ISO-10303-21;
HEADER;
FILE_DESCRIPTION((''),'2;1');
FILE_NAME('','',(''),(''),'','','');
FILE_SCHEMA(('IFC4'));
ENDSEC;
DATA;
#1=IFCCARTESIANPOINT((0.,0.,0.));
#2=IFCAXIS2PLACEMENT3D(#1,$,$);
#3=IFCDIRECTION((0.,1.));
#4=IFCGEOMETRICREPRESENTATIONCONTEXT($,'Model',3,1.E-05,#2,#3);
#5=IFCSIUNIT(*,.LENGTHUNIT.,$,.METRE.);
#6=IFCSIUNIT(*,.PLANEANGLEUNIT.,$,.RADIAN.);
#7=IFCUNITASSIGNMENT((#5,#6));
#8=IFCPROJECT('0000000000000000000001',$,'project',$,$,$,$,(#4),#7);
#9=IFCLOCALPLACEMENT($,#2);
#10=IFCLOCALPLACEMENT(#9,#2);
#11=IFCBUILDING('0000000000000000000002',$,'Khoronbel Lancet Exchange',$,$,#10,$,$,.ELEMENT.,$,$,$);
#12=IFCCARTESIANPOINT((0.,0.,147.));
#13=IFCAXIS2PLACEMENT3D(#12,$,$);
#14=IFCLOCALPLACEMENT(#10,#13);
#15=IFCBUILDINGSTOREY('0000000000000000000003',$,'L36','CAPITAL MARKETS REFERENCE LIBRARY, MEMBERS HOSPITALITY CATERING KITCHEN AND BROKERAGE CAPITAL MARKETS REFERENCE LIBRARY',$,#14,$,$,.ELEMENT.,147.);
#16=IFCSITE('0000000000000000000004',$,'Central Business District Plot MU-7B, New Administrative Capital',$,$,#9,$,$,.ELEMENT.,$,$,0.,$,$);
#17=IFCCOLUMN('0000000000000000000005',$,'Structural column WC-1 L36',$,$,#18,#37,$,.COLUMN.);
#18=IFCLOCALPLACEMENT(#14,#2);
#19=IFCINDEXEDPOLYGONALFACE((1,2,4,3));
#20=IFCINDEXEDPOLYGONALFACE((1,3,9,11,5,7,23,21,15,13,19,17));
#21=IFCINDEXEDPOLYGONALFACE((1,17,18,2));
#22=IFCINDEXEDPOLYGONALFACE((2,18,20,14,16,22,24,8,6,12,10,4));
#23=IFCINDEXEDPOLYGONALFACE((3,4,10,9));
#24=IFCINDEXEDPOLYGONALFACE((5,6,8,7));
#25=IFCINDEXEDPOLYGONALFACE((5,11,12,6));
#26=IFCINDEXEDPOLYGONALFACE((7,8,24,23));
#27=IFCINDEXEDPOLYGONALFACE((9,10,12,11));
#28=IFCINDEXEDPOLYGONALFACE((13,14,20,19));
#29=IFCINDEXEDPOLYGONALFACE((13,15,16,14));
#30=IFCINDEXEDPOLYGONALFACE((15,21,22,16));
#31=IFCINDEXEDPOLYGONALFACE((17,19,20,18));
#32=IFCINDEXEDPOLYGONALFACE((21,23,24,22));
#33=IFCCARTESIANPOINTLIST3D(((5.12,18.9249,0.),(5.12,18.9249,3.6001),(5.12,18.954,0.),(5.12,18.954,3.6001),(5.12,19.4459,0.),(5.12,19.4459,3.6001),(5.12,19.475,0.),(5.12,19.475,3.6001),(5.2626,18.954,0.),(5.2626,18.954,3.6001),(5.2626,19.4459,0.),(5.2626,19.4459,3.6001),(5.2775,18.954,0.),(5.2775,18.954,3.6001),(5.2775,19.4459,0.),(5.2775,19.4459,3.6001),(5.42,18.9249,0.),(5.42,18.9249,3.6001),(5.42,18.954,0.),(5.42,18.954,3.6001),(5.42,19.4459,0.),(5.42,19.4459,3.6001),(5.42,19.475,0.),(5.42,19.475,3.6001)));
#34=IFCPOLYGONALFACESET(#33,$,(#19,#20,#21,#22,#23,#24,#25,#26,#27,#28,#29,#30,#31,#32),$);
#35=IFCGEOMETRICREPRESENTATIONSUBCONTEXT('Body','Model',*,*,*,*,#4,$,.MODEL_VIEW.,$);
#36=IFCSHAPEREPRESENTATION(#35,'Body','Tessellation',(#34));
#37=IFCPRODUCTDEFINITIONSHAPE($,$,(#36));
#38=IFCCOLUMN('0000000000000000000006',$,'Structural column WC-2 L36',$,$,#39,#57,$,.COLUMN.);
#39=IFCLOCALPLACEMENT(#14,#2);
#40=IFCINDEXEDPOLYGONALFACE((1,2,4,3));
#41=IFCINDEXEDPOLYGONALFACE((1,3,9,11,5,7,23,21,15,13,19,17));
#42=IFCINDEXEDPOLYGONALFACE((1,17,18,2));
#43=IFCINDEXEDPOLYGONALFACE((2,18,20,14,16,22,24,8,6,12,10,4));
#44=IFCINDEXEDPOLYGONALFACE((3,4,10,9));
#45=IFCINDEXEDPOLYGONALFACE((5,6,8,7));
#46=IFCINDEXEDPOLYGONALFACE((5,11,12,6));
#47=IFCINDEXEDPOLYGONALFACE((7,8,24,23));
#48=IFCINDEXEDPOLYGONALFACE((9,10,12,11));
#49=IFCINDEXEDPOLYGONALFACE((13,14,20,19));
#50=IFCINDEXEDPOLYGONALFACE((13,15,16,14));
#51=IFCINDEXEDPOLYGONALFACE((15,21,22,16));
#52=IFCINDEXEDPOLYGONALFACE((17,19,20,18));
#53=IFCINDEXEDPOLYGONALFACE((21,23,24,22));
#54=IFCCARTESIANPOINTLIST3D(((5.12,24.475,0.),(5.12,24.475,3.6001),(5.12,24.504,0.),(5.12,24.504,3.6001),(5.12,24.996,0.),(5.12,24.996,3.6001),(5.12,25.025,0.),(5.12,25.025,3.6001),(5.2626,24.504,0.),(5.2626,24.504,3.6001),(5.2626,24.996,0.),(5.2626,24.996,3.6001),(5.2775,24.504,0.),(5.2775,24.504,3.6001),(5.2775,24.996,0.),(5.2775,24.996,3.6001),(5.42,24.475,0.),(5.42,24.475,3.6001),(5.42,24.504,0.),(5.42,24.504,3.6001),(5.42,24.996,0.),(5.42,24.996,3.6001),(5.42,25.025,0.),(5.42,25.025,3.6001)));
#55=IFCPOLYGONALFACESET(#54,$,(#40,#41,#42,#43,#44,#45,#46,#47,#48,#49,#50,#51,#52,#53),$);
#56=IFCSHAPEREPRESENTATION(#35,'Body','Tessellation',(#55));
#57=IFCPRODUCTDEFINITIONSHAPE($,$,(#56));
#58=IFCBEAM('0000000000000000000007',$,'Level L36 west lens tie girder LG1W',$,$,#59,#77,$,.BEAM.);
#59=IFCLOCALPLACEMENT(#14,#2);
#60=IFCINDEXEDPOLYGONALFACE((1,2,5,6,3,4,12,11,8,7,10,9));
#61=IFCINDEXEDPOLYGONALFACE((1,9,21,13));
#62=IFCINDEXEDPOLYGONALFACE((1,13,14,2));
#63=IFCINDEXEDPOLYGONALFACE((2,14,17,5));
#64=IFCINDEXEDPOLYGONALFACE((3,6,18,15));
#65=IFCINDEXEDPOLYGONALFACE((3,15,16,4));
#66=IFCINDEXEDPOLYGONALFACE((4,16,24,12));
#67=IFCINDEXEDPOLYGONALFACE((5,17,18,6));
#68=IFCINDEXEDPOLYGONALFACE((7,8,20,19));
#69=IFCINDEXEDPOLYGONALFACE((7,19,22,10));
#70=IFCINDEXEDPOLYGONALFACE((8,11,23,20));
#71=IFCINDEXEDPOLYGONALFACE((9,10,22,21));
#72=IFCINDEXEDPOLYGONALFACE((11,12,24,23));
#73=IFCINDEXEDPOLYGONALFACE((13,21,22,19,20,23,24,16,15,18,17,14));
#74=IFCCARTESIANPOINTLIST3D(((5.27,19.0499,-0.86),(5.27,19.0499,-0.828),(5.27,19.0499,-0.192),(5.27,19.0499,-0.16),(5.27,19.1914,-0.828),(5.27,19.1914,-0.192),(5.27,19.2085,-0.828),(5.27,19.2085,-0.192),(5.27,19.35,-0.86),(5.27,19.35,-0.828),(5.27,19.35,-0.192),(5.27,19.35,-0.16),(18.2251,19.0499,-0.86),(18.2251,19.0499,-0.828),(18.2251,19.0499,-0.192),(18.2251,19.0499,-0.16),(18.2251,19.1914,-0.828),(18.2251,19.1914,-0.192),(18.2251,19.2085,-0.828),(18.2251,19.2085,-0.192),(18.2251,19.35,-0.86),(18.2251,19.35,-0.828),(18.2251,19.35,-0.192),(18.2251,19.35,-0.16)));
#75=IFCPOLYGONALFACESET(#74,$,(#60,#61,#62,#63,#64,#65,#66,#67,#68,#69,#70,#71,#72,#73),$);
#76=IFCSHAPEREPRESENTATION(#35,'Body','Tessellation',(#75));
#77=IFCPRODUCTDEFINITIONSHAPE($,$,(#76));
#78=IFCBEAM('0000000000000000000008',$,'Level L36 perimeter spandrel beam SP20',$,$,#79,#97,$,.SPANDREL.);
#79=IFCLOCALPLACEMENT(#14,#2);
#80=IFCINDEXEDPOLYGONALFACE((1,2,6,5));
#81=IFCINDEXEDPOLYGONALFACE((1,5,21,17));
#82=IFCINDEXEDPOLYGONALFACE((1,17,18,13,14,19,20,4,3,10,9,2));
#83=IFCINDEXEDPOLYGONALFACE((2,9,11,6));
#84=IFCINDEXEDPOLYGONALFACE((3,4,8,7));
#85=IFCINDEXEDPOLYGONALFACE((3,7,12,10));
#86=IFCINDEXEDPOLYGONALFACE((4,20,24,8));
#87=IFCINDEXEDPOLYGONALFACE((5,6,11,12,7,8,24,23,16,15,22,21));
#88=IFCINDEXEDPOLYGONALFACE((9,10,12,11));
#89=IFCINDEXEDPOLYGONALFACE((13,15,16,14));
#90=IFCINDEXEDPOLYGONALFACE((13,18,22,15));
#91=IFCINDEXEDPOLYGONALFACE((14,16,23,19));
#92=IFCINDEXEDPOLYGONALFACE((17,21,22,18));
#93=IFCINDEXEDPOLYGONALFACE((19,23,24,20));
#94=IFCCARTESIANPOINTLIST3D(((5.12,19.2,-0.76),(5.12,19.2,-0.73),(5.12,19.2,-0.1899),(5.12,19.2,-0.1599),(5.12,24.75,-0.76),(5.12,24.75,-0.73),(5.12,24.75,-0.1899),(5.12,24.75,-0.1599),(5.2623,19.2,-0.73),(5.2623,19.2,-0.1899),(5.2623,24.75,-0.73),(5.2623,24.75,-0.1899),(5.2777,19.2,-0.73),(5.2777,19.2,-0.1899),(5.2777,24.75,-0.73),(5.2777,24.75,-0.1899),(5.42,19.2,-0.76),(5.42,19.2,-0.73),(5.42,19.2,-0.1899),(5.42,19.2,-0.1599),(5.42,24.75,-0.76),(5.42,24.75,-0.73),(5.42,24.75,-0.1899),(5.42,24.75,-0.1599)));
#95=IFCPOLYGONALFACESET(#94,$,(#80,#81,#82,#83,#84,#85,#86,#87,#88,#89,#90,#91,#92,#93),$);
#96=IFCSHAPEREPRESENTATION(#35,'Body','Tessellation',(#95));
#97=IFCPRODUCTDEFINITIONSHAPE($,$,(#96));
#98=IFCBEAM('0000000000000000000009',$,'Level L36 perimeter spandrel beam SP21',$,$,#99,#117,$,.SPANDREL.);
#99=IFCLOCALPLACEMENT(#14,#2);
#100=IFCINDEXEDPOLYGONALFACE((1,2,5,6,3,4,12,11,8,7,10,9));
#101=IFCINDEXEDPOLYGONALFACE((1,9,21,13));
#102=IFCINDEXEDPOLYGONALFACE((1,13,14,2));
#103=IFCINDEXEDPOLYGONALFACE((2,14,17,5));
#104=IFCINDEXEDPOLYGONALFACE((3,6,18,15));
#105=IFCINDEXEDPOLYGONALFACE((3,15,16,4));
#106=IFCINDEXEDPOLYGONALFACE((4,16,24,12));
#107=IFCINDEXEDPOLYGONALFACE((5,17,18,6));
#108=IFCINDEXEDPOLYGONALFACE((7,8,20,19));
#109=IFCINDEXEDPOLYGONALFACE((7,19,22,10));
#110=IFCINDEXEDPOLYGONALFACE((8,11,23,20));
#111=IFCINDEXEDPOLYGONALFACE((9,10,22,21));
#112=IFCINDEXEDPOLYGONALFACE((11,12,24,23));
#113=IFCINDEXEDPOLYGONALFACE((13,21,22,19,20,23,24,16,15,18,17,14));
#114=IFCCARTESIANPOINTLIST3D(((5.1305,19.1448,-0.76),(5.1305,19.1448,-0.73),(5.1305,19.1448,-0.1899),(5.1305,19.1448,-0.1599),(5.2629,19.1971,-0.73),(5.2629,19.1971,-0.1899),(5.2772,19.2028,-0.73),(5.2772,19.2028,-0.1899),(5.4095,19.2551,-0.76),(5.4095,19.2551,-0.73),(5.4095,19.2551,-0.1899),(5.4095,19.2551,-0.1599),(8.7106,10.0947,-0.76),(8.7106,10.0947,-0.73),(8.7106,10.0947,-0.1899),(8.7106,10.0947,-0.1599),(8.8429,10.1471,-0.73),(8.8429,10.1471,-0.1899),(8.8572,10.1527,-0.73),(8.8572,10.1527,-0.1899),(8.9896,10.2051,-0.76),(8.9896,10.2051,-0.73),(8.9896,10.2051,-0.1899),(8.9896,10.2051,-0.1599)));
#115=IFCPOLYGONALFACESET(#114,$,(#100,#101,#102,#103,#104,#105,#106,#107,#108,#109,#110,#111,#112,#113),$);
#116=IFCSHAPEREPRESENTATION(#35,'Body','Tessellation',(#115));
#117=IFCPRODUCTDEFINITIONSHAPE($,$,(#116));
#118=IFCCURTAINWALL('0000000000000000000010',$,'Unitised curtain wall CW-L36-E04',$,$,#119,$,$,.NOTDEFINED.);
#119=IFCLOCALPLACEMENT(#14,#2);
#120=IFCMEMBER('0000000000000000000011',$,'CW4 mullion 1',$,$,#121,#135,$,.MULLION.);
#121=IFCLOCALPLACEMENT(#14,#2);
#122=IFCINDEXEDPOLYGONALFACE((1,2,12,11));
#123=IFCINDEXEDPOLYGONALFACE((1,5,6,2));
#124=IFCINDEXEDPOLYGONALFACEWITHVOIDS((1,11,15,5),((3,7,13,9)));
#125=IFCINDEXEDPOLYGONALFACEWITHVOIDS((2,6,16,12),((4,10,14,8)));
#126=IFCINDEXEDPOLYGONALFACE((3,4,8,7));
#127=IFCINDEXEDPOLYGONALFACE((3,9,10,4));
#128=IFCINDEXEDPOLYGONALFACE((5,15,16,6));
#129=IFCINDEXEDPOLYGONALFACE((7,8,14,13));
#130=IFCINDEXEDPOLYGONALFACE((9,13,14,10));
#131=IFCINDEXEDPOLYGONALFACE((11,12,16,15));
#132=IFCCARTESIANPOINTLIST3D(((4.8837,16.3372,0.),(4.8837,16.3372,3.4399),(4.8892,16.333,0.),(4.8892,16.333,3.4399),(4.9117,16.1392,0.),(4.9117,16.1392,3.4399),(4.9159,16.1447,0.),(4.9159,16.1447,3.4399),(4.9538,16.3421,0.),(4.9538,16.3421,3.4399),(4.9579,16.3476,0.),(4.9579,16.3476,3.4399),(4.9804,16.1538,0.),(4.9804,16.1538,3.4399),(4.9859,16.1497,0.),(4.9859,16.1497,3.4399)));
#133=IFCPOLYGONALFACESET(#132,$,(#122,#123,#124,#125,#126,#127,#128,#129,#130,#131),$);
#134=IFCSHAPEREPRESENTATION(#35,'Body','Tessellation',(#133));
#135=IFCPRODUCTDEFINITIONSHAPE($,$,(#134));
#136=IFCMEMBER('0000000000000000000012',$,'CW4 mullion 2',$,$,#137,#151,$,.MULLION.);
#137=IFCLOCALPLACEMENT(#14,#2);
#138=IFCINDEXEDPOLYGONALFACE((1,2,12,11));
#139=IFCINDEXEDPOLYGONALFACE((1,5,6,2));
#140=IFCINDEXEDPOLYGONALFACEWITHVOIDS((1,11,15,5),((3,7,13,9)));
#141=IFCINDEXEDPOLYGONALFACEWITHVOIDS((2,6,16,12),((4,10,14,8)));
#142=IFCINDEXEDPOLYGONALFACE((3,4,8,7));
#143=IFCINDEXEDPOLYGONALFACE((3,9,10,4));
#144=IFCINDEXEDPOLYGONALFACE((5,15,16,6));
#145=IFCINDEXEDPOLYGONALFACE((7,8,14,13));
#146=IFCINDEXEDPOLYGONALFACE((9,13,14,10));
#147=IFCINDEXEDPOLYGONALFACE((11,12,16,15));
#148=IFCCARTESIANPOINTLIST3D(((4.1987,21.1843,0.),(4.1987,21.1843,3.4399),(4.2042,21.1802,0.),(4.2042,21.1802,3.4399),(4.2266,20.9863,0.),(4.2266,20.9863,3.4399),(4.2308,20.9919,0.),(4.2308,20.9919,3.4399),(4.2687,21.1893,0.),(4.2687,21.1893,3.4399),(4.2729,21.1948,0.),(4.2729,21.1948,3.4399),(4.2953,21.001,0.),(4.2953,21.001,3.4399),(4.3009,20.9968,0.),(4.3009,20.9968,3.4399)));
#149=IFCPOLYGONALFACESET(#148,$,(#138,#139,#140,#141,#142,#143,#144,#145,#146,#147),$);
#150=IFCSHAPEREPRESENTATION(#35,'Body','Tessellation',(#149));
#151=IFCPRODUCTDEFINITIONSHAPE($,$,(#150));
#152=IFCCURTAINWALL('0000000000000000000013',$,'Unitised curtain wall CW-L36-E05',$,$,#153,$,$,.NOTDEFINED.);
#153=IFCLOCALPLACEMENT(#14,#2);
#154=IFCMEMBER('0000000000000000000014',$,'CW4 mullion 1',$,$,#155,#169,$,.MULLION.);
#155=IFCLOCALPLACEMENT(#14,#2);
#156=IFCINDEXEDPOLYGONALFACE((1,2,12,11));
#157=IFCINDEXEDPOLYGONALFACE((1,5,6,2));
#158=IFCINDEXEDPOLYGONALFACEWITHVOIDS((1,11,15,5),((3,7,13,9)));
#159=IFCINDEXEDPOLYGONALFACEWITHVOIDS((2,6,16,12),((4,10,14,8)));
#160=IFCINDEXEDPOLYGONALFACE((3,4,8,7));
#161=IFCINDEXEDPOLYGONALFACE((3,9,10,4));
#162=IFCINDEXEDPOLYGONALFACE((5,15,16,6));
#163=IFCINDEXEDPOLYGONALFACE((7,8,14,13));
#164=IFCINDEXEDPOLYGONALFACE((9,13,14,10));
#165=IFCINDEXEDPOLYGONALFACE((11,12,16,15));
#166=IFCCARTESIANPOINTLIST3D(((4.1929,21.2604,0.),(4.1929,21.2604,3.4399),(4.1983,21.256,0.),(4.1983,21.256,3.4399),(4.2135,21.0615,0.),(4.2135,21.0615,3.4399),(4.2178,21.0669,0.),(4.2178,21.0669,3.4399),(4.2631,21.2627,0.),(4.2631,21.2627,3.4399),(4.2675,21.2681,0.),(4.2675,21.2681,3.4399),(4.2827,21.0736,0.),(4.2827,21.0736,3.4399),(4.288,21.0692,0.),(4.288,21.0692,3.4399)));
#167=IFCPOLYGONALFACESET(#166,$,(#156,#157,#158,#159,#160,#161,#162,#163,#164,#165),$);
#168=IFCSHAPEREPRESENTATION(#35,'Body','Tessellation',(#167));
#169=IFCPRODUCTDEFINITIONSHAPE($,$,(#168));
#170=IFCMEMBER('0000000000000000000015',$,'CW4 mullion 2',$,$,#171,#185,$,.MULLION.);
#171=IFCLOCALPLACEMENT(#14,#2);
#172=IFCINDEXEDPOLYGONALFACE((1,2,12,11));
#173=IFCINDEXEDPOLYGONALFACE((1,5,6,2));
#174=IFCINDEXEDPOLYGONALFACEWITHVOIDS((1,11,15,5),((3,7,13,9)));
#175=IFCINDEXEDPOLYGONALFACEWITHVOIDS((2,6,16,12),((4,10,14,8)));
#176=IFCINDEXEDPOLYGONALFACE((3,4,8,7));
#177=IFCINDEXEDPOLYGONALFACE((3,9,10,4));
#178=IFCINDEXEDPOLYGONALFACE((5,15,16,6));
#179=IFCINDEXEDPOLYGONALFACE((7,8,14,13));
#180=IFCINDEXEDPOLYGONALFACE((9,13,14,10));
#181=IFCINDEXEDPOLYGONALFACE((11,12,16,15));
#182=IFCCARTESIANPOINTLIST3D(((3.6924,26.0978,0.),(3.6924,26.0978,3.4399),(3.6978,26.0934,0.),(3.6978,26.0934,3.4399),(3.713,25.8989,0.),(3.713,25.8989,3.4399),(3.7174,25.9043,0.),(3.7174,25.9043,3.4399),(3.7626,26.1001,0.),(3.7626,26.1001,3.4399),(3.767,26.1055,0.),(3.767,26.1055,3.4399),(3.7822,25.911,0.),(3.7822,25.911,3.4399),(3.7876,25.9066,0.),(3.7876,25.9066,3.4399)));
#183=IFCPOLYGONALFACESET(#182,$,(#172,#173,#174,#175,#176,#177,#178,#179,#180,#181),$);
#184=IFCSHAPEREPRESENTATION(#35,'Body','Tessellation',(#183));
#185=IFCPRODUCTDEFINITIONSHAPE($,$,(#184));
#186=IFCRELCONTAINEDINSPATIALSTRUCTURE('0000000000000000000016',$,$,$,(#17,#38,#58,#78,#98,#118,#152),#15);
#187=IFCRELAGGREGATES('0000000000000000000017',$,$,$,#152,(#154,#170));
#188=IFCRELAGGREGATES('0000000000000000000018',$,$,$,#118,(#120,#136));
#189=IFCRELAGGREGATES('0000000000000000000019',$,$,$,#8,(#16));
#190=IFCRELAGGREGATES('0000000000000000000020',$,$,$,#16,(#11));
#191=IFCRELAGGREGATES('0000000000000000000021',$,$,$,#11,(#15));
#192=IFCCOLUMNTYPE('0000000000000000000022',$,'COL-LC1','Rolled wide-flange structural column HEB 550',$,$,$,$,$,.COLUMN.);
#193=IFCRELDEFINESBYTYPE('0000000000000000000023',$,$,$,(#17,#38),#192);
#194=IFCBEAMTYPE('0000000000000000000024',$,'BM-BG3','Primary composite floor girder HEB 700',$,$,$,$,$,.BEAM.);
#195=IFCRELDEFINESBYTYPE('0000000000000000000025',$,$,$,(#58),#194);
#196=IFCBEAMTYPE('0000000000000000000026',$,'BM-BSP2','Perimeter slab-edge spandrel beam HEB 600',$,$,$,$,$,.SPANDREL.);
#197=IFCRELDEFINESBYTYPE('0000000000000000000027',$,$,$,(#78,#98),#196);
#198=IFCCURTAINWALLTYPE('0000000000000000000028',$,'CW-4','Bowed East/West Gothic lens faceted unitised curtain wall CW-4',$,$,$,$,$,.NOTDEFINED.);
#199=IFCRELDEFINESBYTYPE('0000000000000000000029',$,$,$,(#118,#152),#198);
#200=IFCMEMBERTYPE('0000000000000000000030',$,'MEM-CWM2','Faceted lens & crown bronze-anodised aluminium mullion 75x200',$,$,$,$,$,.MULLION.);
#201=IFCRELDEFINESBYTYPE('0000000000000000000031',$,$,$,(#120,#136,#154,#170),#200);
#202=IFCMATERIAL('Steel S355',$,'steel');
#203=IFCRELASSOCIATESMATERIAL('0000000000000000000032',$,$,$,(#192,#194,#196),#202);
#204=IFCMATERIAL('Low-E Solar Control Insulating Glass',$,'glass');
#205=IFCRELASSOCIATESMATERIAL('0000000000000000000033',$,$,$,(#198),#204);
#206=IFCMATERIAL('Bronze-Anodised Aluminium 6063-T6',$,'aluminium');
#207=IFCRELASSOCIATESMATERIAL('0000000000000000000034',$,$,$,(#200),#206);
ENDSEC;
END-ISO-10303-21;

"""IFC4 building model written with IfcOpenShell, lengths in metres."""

from ifc_helpers import new_model, si_unit, direction, frame, origin, origin_2d, place, context, subcontext, project, spatial, hollow_rectangle, i_section, extrude, material, material_profile, profile_set, type_object, element, aggregate, save


model = new_model("IFC4")

# Units and contexts
model_context = context("Model", 3, precision=1e-05, world=origin(), true_north=direction((0.0, 1.0)))
body_context = subcontext(model_context, "Body", "Model", "MODEL_VIEW")
ifc_project = project(units=[si_unit("LENGTHUNIT", "METRE"), si_unit("PLANEANGLEUNIT", "RADIAN")], contexts=[model_context])

# Site, building, storey
site_placement = place(None, origin())
site = spatial("IfcSite", under=ifc_project, at=site_placement, Name="Central Business District Plot MU-7B, New Administrative Capital", CompositionType="ELEMENT", RefElevation=0.0)
building_placement = place(site_placement, origin())
building = spatial("IfcBuilding", under=site, at=building_placement, Name="Khoronbel Lancet Exchange", CompositionType="ELEMENT")
storey_placement = place(building_placement, frame((0.0, 0.0, 147.0)))
storey = spatial("IfcBuildingStorey", under=building, at=storey_placement, Name="L36", Description="CAPITAL MARKETS REFERENCE LIBRARY, MEMBERS HOSPITALITY CATERING KITCHEN AND BROKERAGE CAPITAL MARKETS REFERENCE LIBRARY", CompositionType="ELEMENT", Elevation=147.0)

# Columns
ifc_material_1 = material(Name="Steel S355", Category="steel")
ifc_material_profile_1 = material_profile(ifc_material_1, i_section(OverallWidth=0.3, OverallDepth=0.55, WebThickness=0.0149, FlangeThickness=0.0291, at=origin_2d()), Name="HEB 550")
ifc_profile_set_1 = profile_set([ifc_material_profile_1], Name="Steel S355")
column_type = type_object("IfcColumnType", Name="COL-LC1", Description="Rolled wide-flange structural column HEB 550", PredefinedType="COLUMN", material=ifc_profile_set_1)
for number, where, z_axis, x_axis, name in (
    (1, (5.27, 19.2, 0.0), (0.0, 0.0, 1.0), (1.0, 0.0, 0.0), "Structural column WC-1 L36"),
    (2, (5.27, 24.75, 0.0), (0.0, 0.0, 1.0), (1.0, 0.0, 0.0), "Structural column WC-2 L36"),
):
    element("IfcColumn", number, at=place(storey_placement, frame(where, z_axis=z_axis, x_axis=x_axis)), inside=storey, type_object=column_type, Name=name, PredefinedType="COLUMN", context=body_context, shape_type="SweptSolid", body=[
        extrude(i_section(OverallWidth=0.3, OverallDepth=0.55, WebThickness=0.0149, FlangeThickness=0.0291, at=origin_2d()), origin(), (0.0, 0.0, 1.0), 3.6001),
    ])

# Beams
ifc_material_profile_2 = material_profile(ifc_material_1, i_section(OverallWidth=0.3, OverallDepth=0.7, WebThickness=0.0171, FlangeThickness=0.032, at=origin_2d()), Name="HEB 700")
ifc_profile_set_2 = profile_set([ifc_material_profile_2], Name="Steel S355")
beam_type_1 = type_object("IfcBeamType", Name="BM-BG3", Description="Primary composite floor girder HEB 700", PredefinedType="BEAM", material=ifc_profile_set_2)
beam_1_placement = place(storey_placement, frame((5.27, 19.2, -0.51), z_axis=(1.0, 0.0, 0.0), x_axis=(0.0, 1.0, 0.0)))
element("IfcBeam", 3, at=beam_1_placement, inside=storey, type_object=beam_type_1, Name="Level L36 west lens tie girder LG1W", PredefinedType="BEAM", context=body_context, shape_type="SweptSolid", body=[
    extrude(i_section(OverallWidth=0.3, OverallDepth=0.7, WebThickness=0.0171, FlangeThickness=0.032, at=origin_2d()), origin(), (0.0, 0.0, 1.0), 12.9551),
])
ifc_material_profile_3 = material_profile(ifc_material_1, i_section(OverallWidth=0.3, OverallDepth=0.6001, WebThickness=0.0154, FlangeThickness=0.03, at=origin_2d()), Name="HEB 600")
ifc_profile_set_3 = profile_set([ifc_material_profile_3], Name="Steel S355")
beam_type_2 = type_object("IfcBeamType", Name="BM-BSP2", Description="Perimeter slab-edge spandrel beam HEB 600", PredefinedType="SPANDREL", material=ifc_profile_set_3)
beam_2_placement = place(storey_placement, frame((5.27, 24.75, -0.46), z_axis=(0.0, -1.0, 0.0), x_axis=(1.0, 0.0, 0.0)))
element("IfcBeam", 4, at=beam_2_placement, inside=storey, type_object=beam_type_2, Name="Level L36 perimeter spandrel beam SP20", PredefinedType="SPANDREL", context=body_context, shape_type="SweptSolid", body=[
    extrude(i_section(OverallWidth=0.3, OverallDepth=0.6001, WebThickness=0.0154, FlangeThickness=0.03, at=origin_2d()), origin(), (0.0, 0.0, 1.0), 5.55),
])
beam_3_placement = place(storey_placement, frame((5.27, 19.2, -0.46), z_axis=(0.36785, -0.929885, 0.0), x_axis=(0.929885, 0.36785, 0.0)))
element("IfcBeam", 5, at=beam_3_placement, inside=storey, type_object=beam_type_2, Name="Level L36 perimeter spandrel beam SP21", PredefinedType="SPANDREL", context=body_context, shape_type="SweptSolid", body=[
    extrude(i_section(OverallWidth=0.3, OverallDepth=0.6001, WebThickness=0.0154, FlangeThickness=0.03, at=origin_2d()), origin(), (0.0, 0.0, 1.0), 9.7324),
])

# Curtain walls, members
ifc_material_2 = material(Name="Low-E Solar Control Insulating Glass", Category="glass")
curtain_wall_type = type_object("IfcCurtainWallType", Name="CW-4", Description="Bowed East/West Gothic lens faceted unitised curtain wall CW-4", PredefinedType="NOTDEFINED", material=ifc_material_2)
curtain_wall_1_placement = place(storey_placement, origin())
curtain_wall_1 = element("IfcCurtainWall", 6, at=curtain_wall_1_placement, inside=storey, type_object=curtain_wall_type, Name="Unitised curtain wall CW-L36-E04", PredefinedType="NOTDEFINED")
ifc_material_3 = material(Name="Bronze-Anodised Aluminium 6063-T6", Category="aluminium")
ifc_material_profile_4 = material_profile(ifc_material_3, hollow_rectangle(XDim=0.075, YDim=0.2, WallThickness=0.0049, at=origin_2d()), Name="ALU MULLION 75x200")
ifc_profile_set_4 = profile_set([ifc_material_profile_4], Name="Bronze-Anodised Aluminium 6063-T6")
member_type_1 = type_object("IfcMemberType", Name="MEM-CWM2", Description="Faceted lens & crown bronze-anodised aluminium mullion 75x200", PredefinedType="MULLION", material=ifc_profile_set_4)
member_1_placement = place(storey_placement, frame((4.9348, 16.2434, 0.0), z_axis=(0.0, 0.0, 1.0), x_axis=(-0.990158, -0.139954, 0.0)))
member_1 = element("IfcMember", 7, at=member_1_placement, type_object=member_type_1, Name="CW4 mullion 1", PredefinedType="MULLION", context=body_context, shape_type="SweptSolid", body=[
    extrude(hollow_rectangle(XDim=0.075, YDim=0.2, WallThickness=0.0049, at=origin_2d()), origin(), (0.0, 0.0, 1.0), 3.4399),
])
member_2_placement = place(storey_placement, frame((4.2498, 21.0906, 0.0), z_axis=(0.0, 0.0, 1.0), x_axis=(-0.990158, -0.139954, 0.0)))
member_2 = element("IfcMember", 8, at=member_2_placement, type_object=member_type_1, Name="CW4 mullion 2", PredefinedType="MULLION", context=body_context, shape_type="SweptSolid", body=[
    extrude(hollow_rectangle(XDim=0.075, YDim=0.2, WallThickness=0.0049, at=origin_2d()), origin(), (0.0, 0.0, 1.0), 3.4399),
])
curtain_wall_2_placement = place(storey_placement, origin())
curtain_wall_2 = element("IfcCurtainWall", 9, at=curtain_wall_2_placement, inside=storey, type_object=curtain_wall_type, Name="Unitised curtain wall CW-L36-E05", PredefinedType="NOTDEFINED")
member_3_placement = place(storey_placement, frame((4.2405, 21.1648, 0.0), z_axis=(0.0, 0.0, 1.0), x_axis=(-0.994688, -0.102932, 0.0)))
member_3 = element("IfcMember", 10, at=member_3_placement, type_object=member_type_1, Name="CW4 mullion 1", PredefinedType="MULLION", context=body_context, shape_type="SweptSolid", body=[
    extrude(hollow_rectangle(XDim=0.075, YDim=0.2, WallThickness=0.0049, at=origin_2d()), origin(), (0.0, 0.0, 1.0), 3.4399),
])
member_4_placement = place(storey_placement, frame((3.74, 26.0022, 0.0), z_axis=(0.0, 0.0, 1.0), x_axis=(-0.994688, -0.102932, 0.0)))
member_4 = element("IfcMember", 11, at=member_4_placement, type_object=member_type_1, Name="CW4 mullion 2", PredefinedType="MULLION", context=body_context, shape_type="SweptSolid", body=[
    extrude(hollow_rectangle(XDim=0.075, YDim=0.2, WallThickness=0.0049, at=origin_2d()), origin(), (0.0, 0.0, 1.0), 3.4399),
])

aggregate(curtain_wall_2, [member_3, member_4])
aggregate(curtain_wall_1, [member_1, member_2])

save(model, "model.ifc")
